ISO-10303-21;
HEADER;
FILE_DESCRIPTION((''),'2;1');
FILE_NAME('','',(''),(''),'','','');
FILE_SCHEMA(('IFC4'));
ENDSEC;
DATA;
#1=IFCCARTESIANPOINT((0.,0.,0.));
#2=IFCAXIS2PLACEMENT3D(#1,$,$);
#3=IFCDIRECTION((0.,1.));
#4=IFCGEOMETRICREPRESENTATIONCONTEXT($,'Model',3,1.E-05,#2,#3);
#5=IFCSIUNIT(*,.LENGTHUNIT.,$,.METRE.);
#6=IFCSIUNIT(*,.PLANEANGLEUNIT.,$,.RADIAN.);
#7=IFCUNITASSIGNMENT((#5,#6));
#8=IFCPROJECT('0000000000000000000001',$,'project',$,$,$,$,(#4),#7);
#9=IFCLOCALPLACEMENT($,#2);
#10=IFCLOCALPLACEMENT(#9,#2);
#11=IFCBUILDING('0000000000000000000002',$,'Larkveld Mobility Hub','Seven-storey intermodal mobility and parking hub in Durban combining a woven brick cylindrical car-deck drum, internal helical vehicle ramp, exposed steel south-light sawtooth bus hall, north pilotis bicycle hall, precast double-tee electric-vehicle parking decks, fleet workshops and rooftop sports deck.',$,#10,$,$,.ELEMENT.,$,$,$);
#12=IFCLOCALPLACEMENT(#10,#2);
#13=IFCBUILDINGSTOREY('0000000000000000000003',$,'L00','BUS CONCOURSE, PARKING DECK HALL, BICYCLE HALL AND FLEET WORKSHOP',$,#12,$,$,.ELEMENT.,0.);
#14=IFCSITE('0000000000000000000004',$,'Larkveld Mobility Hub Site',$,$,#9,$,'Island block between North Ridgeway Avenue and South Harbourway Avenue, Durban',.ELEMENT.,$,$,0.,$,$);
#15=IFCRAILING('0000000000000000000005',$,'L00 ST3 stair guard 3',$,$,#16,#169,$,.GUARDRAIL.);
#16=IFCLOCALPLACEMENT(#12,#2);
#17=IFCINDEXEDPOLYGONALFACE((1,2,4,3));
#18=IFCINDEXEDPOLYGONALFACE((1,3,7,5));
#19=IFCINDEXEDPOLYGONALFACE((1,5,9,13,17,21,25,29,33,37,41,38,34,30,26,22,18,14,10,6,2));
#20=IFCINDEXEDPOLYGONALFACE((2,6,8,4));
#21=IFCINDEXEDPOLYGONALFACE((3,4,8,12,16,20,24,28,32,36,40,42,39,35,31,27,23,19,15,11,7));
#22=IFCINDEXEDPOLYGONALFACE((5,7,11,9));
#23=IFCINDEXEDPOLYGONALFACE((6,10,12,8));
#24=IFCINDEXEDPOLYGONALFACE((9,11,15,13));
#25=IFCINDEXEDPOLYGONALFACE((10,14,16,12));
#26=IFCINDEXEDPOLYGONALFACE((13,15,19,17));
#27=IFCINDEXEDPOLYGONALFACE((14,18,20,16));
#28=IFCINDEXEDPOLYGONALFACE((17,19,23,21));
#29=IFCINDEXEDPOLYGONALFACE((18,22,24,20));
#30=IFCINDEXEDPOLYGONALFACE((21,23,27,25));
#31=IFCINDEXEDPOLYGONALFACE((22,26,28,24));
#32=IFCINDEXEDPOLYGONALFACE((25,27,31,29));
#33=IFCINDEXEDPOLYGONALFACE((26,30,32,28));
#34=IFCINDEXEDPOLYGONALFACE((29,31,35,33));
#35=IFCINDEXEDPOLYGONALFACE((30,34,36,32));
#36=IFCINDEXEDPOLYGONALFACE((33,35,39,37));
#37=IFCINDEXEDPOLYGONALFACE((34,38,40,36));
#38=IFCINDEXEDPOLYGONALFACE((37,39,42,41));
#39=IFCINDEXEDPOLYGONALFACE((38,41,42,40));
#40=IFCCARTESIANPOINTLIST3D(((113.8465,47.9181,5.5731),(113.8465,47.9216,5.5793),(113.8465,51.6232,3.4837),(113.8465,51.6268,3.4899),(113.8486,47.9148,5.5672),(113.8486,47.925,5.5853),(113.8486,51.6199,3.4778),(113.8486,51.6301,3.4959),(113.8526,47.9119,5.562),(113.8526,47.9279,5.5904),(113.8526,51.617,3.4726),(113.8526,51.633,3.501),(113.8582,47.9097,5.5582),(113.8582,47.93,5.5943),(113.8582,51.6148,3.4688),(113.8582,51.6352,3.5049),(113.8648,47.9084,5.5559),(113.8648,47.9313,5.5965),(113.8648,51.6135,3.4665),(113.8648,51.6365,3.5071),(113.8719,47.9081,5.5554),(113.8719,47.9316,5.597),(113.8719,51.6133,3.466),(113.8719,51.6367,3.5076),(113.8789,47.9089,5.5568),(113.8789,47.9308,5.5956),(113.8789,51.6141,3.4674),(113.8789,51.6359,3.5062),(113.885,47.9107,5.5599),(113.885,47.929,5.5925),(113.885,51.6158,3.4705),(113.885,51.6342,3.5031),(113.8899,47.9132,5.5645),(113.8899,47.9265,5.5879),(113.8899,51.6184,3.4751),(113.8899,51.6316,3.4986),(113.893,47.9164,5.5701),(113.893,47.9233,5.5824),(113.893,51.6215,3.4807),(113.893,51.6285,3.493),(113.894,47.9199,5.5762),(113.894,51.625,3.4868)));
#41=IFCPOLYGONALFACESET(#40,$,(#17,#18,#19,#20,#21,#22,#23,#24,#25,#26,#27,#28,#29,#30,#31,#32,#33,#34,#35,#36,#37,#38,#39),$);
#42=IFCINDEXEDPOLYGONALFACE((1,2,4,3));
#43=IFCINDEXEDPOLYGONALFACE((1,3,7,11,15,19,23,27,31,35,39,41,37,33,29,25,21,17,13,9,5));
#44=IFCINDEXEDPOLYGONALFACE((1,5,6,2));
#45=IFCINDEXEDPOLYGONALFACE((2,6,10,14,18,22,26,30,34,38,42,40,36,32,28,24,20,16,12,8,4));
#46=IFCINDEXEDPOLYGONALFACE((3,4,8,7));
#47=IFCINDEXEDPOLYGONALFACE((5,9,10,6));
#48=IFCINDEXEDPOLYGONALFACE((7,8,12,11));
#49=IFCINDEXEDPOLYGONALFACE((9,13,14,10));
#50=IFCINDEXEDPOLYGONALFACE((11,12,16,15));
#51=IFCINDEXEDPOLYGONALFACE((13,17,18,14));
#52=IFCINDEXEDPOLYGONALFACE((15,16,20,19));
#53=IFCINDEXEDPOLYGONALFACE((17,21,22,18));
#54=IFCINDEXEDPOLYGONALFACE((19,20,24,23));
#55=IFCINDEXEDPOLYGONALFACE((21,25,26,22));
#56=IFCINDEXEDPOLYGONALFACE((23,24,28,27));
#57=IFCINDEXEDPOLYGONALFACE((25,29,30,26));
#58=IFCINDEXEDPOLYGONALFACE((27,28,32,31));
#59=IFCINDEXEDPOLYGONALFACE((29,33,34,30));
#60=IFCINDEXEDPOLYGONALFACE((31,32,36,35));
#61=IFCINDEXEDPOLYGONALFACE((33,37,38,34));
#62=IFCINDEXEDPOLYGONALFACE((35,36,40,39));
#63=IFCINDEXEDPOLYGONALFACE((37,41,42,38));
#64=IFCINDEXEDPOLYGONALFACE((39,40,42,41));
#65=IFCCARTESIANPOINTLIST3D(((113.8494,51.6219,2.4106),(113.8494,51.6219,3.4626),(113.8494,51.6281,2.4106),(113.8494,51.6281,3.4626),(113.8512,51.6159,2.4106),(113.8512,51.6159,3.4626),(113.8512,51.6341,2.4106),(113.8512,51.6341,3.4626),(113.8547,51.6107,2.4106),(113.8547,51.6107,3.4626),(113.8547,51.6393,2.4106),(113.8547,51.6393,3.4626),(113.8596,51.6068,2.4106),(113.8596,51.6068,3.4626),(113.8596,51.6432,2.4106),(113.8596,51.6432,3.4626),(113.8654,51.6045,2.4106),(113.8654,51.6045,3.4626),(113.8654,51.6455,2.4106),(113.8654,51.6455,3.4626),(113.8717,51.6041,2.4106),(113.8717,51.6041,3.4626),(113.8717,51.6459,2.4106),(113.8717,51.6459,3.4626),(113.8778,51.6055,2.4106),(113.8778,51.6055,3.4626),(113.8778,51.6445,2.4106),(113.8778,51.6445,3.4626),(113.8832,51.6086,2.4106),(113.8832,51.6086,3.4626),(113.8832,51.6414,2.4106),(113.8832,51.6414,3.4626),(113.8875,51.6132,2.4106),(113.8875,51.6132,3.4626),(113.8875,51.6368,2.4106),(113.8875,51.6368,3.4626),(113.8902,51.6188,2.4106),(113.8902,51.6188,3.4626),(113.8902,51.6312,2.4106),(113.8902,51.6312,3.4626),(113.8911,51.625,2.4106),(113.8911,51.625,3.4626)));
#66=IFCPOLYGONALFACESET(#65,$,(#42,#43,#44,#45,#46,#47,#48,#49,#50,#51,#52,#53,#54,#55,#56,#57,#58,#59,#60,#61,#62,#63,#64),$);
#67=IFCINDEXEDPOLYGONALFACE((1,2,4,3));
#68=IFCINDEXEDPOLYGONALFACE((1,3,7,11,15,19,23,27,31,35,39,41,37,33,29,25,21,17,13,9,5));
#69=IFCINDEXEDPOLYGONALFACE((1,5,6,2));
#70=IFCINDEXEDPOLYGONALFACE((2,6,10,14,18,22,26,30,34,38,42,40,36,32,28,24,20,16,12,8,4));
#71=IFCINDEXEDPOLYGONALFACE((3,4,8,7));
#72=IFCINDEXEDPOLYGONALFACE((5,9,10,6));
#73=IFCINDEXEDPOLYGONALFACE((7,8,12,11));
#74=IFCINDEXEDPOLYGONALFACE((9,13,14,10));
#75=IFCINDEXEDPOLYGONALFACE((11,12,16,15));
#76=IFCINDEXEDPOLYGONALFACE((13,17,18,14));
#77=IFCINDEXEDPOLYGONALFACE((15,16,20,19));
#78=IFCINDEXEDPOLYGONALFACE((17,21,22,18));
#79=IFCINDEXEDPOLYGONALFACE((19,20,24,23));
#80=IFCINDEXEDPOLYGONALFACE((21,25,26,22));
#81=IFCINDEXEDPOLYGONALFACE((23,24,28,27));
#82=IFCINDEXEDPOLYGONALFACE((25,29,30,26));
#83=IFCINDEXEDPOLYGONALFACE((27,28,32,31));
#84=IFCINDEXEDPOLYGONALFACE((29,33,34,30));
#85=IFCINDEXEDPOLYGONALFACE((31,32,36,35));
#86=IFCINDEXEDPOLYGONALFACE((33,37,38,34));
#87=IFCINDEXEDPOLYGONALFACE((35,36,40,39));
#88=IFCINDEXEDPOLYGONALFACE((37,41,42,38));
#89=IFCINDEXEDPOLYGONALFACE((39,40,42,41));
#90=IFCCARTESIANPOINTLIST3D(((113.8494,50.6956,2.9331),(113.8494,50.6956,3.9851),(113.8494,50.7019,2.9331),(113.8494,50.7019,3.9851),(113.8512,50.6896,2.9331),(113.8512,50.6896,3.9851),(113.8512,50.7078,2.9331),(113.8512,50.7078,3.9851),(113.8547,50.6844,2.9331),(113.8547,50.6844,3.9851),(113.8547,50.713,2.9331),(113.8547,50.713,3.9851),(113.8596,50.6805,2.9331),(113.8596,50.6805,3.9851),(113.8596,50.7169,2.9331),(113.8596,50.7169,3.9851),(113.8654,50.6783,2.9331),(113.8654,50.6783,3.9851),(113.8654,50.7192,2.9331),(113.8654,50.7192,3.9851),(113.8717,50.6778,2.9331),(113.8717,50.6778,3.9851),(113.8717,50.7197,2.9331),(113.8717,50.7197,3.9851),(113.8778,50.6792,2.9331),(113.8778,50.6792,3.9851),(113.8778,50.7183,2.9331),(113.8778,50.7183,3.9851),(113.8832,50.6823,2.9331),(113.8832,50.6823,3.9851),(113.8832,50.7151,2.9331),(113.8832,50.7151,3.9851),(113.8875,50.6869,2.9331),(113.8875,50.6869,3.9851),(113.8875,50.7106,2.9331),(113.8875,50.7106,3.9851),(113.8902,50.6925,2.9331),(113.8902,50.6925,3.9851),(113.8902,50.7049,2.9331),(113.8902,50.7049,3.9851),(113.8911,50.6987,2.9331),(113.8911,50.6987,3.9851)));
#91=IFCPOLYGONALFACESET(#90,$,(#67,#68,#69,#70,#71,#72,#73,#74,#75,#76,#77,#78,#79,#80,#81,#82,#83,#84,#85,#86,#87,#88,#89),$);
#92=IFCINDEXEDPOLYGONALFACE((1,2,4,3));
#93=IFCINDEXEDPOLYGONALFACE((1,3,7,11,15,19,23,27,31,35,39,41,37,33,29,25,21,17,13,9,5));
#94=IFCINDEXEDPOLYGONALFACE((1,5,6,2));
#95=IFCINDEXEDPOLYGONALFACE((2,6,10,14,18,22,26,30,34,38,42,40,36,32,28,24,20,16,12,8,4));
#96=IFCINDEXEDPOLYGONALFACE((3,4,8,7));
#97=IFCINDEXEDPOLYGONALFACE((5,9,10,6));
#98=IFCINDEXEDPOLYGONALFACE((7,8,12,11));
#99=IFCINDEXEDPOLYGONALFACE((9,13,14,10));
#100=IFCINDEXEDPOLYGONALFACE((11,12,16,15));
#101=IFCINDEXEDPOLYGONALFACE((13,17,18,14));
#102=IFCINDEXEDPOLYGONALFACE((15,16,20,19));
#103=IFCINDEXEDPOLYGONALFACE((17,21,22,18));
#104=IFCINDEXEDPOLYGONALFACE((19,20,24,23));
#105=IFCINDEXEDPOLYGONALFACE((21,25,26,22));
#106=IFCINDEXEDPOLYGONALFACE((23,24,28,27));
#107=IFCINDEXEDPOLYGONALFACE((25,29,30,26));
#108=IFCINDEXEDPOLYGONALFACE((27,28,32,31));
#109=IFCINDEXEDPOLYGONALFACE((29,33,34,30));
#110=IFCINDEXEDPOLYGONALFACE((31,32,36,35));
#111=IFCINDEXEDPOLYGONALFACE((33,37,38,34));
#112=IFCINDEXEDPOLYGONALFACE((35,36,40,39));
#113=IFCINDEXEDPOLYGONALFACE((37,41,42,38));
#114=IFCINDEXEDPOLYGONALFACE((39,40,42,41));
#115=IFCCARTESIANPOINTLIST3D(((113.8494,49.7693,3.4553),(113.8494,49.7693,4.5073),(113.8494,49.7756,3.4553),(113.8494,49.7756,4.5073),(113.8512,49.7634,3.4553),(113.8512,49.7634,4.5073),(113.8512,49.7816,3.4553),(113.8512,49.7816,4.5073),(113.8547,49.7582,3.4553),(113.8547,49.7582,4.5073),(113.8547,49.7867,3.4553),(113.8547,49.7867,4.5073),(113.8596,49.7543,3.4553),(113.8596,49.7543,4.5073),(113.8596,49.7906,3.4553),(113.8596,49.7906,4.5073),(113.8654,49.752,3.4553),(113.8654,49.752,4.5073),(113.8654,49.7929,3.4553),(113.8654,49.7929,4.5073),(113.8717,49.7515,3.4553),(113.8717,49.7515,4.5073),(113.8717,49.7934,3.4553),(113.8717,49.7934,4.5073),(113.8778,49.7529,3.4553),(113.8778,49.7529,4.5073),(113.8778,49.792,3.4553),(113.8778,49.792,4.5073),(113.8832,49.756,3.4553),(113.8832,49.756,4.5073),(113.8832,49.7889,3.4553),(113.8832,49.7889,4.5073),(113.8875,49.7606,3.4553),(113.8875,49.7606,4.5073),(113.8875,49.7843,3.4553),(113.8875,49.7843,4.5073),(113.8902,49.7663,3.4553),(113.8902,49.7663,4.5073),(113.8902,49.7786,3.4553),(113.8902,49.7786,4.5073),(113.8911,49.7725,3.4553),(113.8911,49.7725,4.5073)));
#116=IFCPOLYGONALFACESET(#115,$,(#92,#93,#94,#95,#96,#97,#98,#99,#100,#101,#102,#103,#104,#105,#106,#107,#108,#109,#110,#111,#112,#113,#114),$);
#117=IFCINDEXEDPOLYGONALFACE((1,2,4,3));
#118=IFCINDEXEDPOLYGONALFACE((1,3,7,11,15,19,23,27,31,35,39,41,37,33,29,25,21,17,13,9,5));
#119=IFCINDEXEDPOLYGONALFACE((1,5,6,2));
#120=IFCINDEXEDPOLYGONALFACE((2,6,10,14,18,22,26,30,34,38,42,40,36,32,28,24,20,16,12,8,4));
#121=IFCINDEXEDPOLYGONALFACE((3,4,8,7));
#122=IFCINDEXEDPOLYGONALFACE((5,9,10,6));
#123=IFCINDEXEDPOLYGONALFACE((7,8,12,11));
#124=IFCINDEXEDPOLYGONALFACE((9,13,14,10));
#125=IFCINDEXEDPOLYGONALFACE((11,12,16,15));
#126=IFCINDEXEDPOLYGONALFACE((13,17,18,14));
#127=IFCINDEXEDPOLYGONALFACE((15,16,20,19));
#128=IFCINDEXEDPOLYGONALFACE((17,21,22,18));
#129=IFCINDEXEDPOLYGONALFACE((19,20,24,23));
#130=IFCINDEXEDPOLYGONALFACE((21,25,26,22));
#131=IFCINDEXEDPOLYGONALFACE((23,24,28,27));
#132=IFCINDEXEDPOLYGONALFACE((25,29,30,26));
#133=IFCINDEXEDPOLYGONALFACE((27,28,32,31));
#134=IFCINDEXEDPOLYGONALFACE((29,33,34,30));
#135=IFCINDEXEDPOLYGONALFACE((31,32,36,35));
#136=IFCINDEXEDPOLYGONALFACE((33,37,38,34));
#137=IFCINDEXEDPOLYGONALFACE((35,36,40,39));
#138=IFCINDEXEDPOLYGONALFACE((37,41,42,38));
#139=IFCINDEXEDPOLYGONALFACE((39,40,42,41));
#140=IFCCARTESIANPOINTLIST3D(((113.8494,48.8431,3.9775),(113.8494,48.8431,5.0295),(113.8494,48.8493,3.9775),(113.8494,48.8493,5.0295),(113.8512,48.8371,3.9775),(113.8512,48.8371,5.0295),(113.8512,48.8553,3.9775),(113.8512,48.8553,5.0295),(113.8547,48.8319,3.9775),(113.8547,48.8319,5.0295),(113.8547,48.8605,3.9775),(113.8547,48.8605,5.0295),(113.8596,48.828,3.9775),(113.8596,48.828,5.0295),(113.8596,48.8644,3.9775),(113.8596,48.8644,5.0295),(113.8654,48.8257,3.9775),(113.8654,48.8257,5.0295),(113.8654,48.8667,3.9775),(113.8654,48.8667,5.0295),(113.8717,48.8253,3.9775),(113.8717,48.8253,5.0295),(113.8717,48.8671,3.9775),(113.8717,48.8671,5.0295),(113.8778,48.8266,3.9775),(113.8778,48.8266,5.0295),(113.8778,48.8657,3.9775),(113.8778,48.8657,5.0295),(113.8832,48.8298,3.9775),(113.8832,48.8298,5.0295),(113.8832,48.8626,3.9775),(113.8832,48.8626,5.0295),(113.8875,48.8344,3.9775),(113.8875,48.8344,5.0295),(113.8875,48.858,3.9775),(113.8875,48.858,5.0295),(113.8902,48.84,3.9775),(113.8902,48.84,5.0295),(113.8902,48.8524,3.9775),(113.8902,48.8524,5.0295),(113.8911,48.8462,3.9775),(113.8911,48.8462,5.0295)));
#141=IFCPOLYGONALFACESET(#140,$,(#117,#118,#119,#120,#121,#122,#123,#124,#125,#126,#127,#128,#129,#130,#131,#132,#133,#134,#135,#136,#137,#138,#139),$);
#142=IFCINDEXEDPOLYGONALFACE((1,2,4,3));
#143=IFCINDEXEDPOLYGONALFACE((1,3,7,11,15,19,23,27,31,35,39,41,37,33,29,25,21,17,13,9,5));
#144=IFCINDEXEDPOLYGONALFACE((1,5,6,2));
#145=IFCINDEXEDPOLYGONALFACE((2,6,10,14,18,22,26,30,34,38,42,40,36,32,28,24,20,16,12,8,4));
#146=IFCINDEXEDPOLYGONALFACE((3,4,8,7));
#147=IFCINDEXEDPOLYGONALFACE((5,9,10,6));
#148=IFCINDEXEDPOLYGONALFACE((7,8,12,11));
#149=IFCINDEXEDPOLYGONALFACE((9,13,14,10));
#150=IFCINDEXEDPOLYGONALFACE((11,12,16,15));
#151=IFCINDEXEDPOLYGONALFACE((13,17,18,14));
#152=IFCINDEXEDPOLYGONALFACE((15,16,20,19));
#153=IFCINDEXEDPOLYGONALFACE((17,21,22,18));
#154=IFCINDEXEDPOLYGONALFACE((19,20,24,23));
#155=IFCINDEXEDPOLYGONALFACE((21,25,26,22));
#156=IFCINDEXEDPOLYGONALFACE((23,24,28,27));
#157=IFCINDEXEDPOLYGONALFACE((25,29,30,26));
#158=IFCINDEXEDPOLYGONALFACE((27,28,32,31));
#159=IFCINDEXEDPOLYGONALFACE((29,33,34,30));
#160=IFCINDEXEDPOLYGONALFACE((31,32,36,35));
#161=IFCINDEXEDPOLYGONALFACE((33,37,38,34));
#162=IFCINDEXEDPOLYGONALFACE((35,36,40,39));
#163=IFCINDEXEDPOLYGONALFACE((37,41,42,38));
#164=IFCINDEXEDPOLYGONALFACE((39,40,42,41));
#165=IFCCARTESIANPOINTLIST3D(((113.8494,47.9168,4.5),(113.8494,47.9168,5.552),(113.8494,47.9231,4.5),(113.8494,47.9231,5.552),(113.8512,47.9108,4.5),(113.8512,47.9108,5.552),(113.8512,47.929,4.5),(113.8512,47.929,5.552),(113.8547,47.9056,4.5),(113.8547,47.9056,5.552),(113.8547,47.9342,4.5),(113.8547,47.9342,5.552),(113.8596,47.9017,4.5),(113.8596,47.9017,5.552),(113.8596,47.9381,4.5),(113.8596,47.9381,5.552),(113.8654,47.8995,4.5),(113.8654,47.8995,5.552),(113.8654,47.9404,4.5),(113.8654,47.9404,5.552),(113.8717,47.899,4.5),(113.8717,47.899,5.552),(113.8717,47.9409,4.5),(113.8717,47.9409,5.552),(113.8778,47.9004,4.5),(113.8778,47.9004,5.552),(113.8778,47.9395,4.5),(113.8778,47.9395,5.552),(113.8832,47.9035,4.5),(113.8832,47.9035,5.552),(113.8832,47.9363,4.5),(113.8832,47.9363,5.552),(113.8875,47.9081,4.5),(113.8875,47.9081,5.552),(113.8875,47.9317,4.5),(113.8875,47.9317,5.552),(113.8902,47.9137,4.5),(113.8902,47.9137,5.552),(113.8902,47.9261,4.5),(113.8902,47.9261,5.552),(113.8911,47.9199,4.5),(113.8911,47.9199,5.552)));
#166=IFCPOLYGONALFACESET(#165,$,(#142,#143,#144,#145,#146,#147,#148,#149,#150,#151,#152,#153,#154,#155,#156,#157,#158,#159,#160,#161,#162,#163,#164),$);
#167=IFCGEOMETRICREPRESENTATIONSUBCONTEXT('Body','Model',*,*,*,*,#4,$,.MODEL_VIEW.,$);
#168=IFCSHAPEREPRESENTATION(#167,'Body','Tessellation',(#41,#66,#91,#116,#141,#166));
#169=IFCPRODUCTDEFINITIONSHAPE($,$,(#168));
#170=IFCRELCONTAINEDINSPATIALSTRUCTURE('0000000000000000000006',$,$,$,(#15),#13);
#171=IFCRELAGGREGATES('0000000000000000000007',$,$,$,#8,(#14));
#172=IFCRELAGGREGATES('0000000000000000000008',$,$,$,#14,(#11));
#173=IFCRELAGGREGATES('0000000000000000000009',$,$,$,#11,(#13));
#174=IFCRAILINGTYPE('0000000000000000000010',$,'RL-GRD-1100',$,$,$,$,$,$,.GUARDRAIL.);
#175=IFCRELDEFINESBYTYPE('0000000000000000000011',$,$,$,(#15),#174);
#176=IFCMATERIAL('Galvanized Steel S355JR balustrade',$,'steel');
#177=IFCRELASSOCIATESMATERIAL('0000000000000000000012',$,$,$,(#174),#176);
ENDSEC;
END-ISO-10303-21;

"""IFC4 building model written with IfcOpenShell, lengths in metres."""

from ifc_helpers import new_model, si_unit, direction, frame, origin, origin_2d, place, context, subcontext, project, spatial, circle, extrude, material, type_object, element, save


model = new_model("IFC4")

# Units and contexts
model_context = context("Model", 3, precision=1e-05, world=origin(), true_north=direction((0.0, 1.0)))
body_context = subcontext(model_context, "Body", "Model", "MODEL_VIEW")
ifc_project = project(units=[si_unit("LENGTHUNIT", "METRE"), si_unit("PLANEANGLEUNIT", "RADIAN")], contexts=[model_context])

# Site, building, storey
site_placement = place(None, origin())
site = spatial("IfcSite", under=ifc_project, at=site_placement, Name="Larkveld Mobility Hub Site", LongName="Island block between North Ridgeway Avenue and South Harbourway Avenue, Durban", CompositionType="ELEMENT", RefElevation=0.0)
building_placement = place(site_placement, origin())
building = spatial("IfcBuilding", under=site, at=building_placement, Name="Larkveld Mobility Hub", Description="Seven-storey intermodal mobility and parking hub in Durban combining a woven brick cylindrical car-deck drum, internal helical vehicle ramp, exposed steel south-light sawtooth bus hall, north pilotis bicycle hall, precast double-tee electric-vehicle parking decks, fleet workshops and rooftop sports deck.", CompositionType="ELEMENT")
storey_placement = place(building_placement, origin())
storey = spatial("IfcBuildingStorey", under=building, at=storey_placement, Name="L00", Description="BUS CONCOURSE, PARKING DECK HALL, BICYCLE HALL AND FLEET WORKSHOP", CompositionType="ELEMENT", Elevation=0.0)

# Railing
ifc_material_1 = material(Name="Galvanized Steel S355JR balustrade", Category="steel")
railing_type_1 = type_object("IfcRailingType", Name="RL-GRD-1100", PredefinedType="GUARDRAIL", material=ifc_material_1)
railing_1_placement = place(storey_placement, frame((113.8701, 51.625, 2.4106)))
element("IfcRailing", 1, at=railing_1_placement, inside=storey, type_object=railing_type_1, Name="L00 ST3 stair guard 3", PredefinedType="GUARDRAIL", context=body_context, shape_type="SweptSolid", body=[
    extrude(circle(Radius=0.0239, at=origin_2d()), frame((0.0, 0.0, 1.0762), z_axis=(0.0, -0.871048, 0.491198), x_axis=(1.0, 0.0, 0.0)), (0.0, 0.0, 1.0), 4.2537),
    extrude(circle(Radius=0.021, at=origin_2d()), origin(), (0.0, 0.0, 1.0), 1.052),
    extrude(circle(Radius=0.021, at=origin_2d()), frame((0.0, -0.9263, 0.5225)), (0.0, 0.0, 1.0), 1.052),
    extrude(circle(Radius=0.021, at=origin_2d()), frame((0.0, -1.8525, 1.0447)), (0.0, 0.0, 1.0), 1.052),
    extrude(circle(Radius=0.021, at=origin_2d()), frame((0.0, -2.7788, 1.5669)), (0.0, 0.0, 1.0), 1.052),
    extrude(circle(Radius=0.021, at=origin_2d()), frame((0.0, -3.7051, 2.0894)), (0.0, 0.0, 1.0), 1.052),
])

save(model, "model.ifc")
